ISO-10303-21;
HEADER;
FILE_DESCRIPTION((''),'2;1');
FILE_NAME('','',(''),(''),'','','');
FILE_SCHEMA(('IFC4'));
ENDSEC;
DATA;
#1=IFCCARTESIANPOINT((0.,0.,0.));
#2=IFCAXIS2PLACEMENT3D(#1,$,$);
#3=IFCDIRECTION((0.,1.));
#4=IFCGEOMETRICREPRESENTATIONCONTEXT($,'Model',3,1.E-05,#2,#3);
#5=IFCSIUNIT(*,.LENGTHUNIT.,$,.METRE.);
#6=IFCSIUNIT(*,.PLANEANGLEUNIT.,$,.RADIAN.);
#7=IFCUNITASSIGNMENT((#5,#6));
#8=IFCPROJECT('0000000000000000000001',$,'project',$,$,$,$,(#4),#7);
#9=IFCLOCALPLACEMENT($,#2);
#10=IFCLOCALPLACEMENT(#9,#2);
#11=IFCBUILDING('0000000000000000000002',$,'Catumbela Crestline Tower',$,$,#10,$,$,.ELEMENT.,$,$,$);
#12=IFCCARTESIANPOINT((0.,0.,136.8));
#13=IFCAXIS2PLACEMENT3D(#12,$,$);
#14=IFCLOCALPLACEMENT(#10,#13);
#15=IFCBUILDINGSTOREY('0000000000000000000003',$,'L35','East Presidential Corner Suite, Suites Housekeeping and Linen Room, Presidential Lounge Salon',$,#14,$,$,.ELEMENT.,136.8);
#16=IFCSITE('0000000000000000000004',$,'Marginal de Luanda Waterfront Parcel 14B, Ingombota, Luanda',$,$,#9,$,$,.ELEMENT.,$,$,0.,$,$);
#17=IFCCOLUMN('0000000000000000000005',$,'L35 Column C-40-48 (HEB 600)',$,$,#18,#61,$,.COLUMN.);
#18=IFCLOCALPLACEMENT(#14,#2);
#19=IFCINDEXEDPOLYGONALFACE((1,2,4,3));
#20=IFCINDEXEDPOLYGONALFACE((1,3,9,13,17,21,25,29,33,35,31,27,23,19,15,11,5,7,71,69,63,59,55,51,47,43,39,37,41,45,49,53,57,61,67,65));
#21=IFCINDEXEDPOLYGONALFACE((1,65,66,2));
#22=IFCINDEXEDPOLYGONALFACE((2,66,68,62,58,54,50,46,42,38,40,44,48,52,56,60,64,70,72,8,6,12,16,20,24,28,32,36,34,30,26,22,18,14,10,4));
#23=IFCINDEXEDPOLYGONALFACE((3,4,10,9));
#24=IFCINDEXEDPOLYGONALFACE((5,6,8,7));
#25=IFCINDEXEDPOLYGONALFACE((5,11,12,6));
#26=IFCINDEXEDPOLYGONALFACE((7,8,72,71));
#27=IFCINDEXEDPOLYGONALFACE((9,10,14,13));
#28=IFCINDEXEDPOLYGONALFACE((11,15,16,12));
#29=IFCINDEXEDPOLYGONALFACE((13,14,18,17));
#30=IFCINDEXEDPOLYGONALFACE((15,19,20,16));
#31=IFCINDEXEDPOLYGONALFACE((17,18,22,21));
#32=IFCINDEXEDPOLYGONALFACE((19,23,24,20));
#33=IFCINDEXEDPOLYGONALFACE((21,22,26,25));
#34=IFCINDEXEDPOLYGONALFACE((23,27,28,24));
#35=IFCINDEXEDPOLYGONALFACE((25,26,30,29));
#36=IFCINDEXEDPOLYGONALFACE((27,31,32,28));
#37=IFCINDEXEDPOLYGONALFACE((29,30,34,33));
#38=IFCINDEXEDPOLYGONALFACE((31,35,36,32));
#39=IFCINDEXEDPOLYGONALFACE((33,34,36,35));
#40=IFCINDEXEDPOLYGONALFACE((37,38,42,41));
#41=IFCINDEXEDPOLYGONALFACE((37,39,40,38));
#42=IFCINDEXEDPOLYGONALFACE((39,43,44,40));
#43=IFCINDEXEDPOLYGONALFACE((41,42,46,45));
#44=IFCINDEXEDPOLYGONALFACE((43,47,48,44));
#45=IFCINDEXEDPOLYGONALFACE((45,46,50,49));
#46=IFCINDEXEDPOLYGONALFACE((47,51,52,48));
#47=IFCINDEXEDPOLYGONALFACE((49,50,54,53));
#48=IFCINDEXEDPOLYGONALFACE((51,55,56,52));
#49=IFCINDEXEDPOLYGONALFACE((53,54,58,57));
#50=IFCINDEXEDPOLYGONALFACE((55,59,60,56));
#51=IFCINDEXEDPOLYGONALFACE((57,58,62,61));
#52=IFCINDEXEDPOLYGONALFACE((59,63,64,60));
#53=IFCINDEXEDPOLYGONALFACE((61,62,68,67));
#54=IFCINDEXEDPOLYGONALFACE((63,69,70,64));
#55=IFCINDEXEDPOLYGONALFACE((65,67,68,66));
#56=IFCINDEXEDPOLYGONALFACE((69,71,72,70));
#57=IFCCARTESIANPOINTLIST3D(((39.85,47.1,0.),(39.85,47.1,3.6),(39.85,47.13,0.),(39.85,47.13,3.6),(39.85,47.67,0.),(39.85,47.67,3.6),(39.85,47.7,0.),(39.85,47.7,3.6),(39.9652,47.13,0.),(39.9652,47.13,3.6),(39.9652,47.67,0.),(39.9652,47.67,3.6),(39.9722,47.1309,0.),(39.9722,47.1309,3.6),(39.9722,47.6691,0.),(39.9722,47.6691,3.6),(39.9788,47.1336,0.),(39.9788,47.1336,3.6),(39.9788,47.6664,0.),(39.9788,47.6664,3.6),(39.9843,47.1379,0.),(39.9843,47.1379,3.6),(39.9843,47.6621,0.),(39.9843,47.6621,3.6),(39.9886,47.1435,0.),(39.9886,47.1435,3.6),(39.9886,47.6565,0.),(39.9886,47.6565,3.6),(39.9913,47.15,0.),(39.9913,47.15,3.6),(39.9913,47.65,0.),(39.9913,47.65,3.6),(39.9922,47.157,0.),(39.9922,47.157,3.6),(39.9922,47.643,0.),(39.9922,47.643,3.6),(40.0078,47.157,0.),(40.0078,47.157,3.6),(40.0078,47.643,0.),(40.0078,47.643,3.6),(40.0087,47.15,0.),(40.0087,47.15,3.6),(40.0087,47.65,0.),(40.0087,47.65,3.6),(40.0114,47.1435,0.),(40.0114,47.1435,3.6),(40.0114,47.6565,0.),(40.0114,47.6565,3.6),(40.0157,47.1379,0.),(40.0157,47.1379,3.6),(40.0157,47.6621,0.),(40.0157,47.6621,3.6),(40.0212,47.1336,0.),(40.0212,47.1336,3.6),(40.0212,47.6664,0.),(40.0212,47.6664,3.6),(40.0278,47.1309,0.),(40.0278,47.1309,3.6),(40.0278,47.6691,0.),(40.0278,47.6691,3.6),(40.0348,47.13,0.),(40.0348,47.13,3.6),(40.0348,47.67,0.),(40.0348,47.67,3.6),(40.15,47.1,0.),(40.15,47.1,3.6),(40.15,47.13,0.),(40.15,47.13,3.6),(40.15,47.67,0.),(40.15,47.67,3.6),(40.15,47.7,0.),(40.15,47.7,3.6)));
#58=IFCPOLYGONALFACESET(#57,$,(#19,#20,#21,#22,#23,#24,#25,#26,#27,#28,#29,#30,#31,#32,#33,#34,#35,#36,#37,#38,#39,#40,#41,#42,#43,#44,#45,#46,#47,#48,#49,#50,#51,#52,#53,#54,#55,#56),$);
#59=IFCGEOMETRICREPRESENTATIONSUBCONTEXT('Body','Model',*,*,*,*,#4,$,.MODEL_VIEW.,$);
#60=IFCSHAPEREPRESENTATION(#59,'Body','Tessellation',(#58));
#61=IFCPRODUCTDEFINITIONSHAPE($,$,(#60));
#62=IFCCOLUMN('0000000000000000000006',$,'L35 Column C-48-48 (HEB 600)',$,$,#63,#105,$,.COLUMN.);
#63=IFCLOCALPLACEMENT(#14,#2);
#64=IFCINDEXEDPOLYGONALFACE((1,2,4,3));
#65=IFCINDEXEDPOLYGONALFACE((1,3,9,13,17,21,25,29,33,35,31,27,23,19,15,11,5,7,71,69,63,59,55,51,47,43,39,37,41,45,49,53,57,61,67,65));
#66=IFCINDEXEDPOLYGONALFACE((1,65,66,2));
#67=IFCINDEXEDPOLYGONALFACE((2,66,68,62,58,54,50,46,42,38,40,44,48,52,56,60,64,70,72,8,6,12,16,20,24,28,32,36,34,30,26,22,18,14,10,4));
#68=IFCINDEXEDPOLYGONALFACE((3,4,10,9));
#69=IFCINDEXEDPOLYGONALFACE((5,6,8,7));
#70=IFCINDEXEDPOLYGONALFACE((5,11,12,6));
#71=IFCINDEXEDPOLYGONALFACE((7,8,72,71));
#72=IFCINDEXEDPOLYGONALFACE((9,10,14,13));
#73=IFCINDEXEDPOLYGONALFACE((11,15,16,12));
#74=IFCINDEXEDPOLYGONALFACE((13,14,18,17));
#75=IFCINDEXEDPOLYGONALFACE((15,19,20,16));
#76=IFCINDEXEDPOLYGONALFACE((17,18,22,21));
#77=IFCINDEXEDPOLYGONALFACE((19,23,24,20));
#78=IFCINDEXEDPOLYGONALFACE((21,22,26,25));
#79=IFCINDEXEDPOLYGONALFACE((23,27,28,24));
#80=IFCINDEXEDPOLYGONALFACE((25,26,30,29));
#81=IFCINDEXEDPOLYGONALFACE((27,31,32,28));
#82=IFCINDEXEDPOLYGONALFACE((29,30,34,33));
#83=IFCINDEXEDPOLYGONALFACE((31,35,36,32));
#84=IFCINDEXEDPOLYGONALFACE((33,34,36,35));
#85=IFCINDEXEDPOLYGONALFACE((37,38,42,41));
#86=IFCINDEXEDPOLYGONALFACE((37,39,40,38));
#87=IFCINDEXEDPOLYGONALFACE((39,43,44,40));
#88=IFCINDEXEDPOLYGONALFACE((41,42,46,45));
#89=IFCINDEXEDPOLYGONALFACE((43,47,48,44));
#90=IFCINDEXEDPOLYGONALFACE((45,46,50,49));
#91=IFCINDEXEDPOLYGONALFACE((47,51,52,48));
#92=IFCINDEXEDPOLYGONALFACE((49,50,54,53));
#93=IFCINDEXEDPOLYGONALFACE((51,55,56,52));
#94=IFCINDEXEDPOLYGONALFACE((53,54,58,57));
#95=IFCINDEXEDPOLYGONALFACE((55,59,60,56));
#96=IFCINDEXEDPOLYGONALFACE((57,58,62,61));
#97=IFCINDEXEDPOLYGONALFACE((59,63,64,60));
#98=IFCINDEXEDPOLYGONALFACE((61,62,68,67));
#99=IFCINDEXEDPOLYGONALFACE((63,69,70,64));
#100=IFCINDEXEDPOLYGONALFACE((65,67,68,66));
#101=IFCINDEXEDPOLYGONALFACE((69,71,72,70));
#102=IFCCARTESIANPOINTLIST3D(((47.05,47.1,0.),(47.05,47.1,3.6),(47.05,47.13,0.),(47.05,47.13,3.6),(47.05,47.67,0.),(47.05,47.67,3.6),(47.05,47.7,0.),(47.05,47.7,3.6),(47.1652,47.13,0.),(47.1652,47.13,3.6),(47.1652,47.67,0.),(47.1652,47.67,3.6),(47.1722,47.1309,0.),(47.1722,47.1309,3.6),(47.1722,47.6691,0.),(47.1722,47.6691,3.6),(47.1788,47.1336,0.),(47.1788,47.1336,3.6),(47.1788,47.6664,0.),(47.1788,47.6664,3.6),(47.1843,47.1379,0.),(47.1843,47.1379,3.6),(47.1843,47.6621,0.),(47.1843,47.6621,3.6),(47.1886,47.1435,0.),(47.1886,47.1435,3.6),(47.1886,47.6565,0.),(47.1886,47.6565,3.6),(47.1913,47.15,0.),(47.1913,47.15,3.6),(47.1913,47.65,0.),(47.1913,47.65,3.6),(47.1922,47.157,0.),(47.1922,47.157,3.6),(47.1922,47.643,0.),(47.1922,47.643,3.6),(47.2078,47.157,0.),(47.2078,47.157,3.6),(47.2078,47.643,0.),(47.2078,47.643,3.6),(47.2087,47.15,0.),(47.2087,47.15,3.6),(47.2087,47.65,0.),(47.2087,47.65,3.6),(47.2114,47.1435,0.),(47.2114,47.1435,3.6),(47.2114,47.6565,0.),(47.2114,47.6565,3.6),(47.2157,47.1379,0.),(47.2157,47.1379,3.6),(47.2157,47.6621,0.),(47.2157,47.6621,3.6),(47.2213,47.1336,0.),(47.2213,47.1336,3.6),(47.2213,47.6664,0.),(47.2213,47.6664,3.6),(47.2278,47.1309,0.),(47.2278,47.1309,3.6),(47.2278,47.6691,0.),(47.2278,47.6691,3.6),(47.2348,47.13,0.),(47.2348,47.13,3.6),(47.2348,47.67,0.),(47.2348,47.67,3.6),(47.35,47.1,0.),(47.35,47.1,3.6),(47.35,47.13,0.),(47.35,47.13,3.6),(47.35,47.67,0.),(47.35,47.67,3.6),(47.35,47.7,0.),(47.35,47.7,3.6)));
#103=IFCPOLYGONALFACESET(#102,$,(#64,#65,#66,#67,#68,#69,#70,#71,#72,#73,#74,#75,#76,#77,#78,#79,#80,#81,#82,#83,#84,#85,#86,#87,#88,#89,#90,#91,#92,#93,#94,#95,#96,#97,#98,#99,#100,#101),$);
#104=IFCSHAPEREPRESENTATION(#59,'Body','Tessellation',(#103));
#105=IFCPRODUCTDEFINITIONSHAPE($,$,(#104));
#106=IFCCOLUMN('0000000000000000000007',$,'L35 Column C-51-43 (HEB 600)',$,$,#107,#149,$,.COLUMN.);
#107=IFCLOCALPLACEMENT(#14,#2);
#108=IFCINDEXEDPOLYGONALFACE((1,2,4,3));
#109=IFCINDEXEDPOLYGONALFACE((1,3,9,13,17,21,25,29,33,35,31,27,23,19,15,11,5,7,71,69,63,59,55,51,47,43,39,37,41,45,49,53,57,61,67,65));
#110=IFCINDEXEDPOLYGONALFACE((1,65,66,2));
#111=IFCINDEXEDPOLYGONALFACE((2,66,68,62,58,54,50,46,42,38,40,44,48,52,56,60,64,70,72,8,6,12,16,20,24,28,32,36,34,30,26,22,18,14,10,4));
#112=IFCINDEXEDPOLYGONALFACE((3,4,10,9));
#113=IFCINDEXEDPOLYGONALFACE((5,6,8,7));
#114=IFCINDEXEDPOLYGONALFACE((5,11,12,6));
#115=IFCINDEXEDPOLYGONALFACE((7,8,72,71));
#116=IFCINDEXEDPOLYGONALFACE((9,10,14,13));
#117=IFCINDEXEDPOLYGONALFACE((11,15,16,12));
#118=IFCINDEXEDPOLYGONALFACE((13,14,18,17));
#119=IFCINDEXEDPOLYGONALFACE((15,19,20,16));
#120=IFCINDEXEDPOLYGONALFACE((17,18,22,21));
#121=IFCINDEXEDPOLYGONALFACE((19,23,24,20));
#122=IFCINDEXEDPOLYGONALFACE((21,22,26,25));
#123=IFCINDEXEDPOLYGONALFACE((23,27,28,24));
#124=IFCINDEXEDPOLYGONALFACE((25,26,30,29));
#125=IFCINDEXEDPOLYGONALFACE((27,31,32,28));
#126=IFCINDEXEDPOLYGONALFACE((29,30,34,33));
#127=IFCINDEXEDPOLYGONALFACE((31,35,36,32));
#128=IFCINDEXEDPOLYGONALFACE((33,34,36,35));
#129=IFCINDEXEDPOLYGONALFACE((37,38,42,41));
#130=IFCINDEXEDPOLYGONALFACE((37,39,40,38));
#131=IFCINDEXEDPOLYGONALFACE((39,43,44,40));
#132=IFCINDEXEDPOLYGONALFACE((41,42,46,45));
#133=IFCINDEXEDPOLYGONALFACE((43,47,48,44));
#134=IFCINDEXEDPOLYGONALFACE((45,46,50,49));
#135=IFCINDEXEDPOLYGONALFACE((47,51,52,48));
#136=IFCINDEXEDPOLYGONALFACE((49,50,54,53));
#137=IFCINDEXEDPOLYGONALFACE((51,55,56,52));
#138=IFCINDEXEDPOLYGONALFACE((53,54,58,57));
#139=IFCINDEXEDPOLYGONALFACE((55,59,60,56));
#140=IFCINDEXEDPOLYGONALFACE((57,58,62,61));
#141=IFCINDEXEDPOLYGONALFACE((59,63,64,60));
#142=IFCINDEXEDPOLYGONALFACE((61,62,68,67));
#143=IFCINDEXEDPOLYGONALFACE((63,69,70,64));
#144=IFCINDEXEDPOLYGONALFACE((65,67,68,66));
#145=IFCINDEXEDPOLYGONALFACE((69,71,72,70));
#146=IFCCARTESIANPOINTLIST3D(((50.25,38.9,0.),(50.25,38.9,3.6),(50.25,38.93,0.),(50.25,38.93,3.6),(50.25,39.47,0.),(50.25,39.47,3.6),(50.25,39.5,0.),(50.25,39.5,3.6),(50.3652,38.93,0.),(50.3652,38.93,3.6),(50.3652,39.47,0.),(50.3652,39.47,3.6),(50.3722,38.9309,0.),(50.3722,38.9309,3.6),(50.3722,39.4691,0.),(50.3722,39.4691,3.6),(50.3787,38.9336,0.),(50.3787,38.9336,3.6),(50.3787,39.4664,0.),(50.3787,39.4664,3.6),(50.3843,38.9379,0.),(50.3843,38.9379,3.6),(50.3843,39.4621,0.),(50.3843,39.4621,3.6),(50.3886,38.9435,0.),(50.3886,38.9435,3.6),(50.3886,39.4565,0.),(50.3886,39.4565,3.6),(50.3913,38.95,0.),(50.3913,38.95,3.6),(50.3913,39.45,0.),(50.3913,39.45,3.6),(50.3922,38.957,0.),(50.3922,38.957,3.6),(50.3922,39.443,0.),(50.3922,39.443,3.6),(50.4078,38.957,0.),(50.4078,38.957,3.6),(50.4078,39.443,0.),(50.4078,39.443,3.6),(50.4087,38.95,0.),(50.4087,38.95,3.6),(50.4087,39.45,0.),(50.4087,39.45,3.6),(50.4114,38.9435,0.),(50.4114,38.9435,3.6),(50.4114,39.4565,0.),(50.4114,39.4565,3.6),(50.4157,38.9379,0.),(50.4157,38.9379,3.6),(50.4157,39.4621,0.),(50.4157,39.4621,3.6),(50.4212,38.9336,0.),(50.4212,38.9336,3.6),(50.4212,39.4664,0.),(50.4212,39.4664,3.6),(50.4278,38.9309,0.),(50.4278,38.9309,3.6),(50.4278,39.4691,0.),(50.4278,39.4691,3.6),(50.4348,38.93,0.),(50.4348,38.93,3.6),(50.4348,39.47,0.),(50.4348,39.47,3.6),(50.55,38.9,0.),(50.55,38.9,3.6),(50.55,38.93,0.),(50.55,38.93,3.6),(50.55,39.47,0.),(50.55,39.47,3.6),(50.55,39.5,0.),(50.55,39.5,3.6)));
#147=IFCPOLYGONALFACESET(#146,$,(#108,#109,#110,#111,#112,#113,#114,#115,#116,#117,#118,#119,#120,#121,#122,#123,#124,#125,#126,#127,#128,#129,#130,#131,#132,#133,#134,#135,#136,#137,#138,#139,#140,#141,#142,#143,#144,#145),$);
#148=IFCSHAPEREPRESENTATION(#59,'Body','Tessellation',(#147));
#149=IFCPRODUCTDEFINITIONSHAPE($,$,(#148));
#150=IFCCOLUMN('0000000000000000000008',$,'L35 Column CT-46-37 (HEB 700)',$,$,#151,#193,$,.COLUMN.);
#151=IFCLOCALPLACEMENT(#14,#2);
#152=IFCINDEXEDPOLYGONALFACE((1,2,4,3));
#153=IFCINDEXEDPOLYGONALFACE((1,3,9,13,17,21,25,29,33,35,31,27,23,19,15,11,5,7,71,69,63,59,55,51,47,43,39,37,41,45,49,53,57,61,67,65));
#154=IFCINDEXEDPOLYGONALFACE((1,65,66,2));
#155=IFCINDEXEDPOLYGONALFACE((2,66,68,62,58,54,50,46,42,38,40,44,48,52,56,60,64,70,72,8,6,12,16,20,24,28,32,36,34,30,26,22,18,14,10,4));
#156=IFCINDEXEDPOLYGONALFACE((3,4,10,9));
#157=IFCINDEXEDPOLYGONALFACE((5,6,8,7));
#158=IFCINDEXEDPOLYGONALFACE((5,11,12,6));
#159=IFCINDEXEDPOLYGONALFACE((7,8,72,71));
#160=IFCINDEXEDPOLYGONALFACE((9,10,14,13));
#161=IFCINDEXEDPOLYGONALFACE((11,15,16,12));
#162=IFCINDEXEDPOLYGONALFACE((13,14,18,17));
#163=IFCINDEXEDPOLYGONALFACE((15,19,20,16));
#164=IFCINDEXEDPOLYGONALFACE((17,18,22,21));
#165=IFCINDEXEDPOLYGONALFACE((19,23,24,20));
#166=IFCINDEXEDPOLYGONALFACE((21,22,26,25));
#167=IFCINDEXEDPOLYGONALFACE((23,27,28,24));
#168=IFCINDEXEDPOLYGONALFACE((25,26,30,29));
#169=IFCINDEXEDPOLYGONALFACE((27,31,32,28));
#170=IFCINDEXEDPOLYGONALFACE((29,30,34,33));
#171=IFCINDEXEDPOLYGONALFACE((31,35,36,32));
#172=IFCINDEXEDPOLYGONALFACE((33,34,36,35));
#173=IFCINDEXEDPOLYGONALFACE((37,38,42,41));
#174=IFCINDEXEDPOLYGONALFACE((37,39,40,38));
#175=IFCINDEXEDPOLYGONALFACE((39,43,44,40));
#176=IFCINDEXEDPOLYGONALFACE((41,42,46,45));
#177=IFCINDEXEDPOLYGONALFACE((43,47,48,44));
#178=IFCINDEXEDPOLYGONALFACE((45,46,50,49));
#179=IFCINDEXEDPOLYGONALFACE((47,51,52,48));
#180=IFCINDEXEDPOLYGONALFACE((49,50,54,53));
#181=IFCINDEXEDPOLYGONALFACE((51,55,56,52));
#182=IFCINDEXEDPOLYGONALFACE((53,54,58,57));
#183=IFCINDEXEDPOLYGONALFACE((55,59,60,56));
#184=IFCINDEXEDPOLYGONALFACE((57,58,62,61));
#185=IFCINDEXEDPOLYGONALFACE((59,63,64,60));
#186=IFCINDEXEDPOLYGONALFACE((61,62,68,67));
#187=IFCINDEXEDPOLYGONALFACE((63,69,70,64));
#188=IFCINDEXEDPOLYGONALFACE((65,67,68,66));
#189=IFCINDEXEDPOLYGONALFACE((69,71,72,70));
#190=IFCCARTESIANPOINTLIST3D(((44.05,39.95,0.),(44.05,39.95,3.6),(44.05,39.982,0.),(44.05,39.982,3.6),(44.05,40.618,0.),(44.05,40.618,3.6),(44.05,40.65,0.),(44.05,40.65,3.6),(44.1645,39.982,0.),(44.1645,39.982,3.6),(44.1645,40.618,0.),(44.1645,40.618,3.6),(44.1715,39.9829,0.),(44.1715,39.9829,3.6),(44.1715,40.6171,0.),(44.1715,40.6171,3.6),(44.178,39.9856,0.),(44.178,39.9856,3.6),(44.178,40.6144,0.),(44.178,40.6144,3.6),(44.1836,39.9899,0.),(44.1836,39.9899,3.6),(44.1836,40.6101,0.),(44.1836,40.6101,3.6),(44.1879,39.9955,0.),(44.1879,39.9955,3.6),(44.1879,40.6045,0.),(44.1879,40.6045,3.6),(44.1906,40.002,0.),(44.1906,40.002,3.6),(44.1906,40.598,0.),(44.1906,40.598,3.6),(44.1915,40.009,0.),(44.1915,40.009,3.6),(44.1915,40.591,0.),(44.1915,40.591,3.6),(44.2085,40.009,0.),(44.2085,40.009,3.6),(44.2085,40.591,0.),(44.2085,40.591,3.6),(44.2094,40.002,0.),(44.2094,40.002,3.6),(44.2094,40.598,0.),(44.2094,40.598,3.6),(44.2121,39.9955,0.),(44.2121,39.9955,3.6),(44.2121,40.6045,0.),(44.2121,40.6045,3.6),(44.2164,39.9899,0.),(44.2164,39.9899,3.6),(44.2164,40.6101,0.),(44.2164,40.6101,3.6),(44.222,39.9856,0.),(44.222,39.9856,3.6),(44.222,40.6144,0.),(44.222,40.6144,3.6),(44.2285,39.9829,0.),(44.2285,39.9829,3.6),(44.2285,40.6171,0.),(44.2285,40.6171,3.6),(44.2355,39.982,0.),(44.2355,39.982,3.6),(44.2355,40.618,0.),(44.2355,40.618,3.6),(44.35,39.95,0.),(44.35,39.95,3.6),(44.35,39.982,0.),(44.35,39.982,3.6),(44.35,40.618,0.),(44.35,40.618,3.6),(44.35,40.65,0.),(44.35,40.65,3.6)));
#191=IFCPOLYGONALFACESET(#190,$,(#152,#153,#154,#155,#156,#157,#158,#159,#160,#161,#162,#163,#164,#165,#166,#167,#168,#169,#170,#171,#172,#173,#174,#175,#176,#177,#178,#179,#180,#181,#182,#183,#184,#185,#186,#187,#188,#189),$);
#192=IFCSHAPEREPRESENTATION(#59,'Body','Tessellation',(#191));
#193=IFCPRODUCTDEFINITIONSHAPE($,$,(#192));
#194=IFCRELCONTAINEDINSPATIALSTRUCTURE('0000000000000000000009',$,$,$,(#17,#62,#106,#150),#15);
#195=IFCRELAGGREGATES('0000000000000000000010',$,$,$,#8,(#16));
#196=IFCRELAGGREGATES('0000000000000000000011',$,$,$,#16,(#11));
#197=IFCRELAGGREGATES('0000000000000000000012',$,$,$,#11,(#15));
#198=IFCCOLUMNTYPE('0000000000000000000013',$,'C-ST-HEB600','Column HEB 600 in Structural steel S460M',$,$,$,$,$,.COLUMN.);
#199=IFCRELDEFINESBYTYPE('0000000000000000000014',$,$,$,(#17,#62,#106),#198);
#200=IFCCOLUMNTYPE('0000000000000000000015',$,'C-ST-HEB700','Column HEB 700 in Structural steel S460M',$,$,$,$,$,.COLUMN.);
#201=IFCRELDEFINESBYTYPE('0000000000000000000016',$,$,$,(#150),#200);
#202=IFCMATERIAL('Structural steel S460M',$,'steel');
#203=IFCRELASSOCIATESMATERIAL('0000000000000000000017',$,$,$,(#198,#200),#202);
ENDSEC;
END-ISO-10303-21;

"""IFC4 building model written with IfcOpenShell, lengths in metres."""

from ifc_helpers import new_model, si_unit, direction, frame, origin, origin_2d, place, context, subcontext, project, spatial, i_section, extrude, material, material_profile, profile_set, type_object, element, save


model = new_model("IFC4")

# Units and contexts
model_context = context("Model", 3, precision=1e-05, world=origin(), true_north=direction((0.0, 1.0)))
body_context = subcontext(model_context, "Body", "Model", "MODEL_VIEW")
ifc_project = project(units=[si_unit("LENGTHUNIT", "METRE"), si_unit("PLANEANGLEUNIT", "RADIAN")], contexts=[model_context])

# Site, building, storey
site_placement = place(None, origin())
site = spatial("IfcSite", under=ifc_project, at=site_placement, Name="Marginal de Luanda Waterfront Parcel 14B, Ingombota, Luanda", CompositionType="ELEMENT", RefElevation=0.0)
building_placement = place(site_placement, origin())
building = spatial("IfcBuilding", under=site, at=building_placement, Name="Catumbela Crestline Tower", CompositionType="ELEMENT")
storey_placement = place(building_placement, frame((0.0, 0.0, 136.8)))
storey = spatial("IfcBuildingStorey", under=building, at=storey_placement, Name="L35", Description="East Presidential Corner Suite, Suites Housekeeping and Linen Room, Presidential Lounge Salon", CompositionType="ELEMENT", Elevation=136.8)

# Columns
ifc_material_1 = material(Name="Structural steel S460M", Category="steel")
ifc_material_profile_1 = material_profile(ifc_material_1, i_section(OverallWidth=0.3, OverallDepth=0.6, WebThickness=0.0155, FlangeThickness=0.03, FilletRadius=0.027, at=origin_2d()), Name="HEB 600")
ifc_profile_set_1 = profile_set([ifc_material_profile_1], Name="Structural steel S460M")
column_type_1 = type_object("IfcColumnType", Name="C-ST-HEB600", Description="Column HEB 600 in Structural steel S460M", PredefinedType="COLUMN", material=ifc_profile_set_1)
for number, where, z_axis, x_axis, name in (
    (1, (40.0, 47.4, 0.0), (0.0, 0.0, 1.0), (1.0, 0.0, 0.0), "L35 Column C-40-48 (HEB 600)"),
    (2, (47.2, 47.4, 0.0), (0.0, 0.0, 1.0), (1.0, 0.0, 0.0), "L35 Column C-48-48 (HEB 600)"),
    (3, (50.4, 39.2, 0.0), (0.0, 0.0, 1.0), (1.0, 0.0, 0.0), "L35 Column C-51-43 (HEB 600)"),
):
    element("IfcColumn", number, at=place(storey_placement, frame(where, z_axis=z_axis, x_axis=x_axis)), inside=storey, type_object=column_type_1, Name=name, PredefinedType="COLUMN", context=body_context, shape_type="SweptSolid", body=[
        extrude(i_section(OverallWidth=0.3, OverallDepth=0.6, WebThickness=0.0155, FlangeThickness=0.03, FilletRadius=0.027, at=origin_2d()), origin(), (0.0, 0.0, 1.0), 3.6),
    ])
ifc_material_profile_2 = material_profile(ifc_material_1, i_section(OverallWidth=0.3, OverallDepth=0.7, WebThickness=0.017, FlangeThickness=0.032, FilletRadius=0.027, at=origin_2d()), Name="HEB 700")
ifc_profile_set_2 = profile_set([ifc_material_profile_2], Name="Structural steel S460M")
column_type_2 = type_object("IfcColumnType", Name="C-ST-HEB700", Description="Column HEB 700 in Structural steel S460M", PredefinedType="COLUMN", material=ifc_profile_set_2)
column_placement = place(storey_placement, frame((44.2, 40.3, 0.0), z_axis=(0.0, 0.0, 1.0), x_axis=(1.0, 0.0, 0.0)))
element("IfcColumn", 4, at=column_placement, inside=storey, type_object=column_type_2, Name="L35 Column CT-46-37 (HEB 700)", PredefinedType="COLUMN", context=body_context, shape_type="SweptSolid", body=[
    extrude(i_section(OverallWidth=0.3, OverallDepth=0.7, WebThickness=0.017, FlangeThickness=0.032, FilletRadius=0.027, at=origin_2d()), origin(), (0.0, 0.0, 1.0), 3.6),
])

save(model, "model.ifc")
